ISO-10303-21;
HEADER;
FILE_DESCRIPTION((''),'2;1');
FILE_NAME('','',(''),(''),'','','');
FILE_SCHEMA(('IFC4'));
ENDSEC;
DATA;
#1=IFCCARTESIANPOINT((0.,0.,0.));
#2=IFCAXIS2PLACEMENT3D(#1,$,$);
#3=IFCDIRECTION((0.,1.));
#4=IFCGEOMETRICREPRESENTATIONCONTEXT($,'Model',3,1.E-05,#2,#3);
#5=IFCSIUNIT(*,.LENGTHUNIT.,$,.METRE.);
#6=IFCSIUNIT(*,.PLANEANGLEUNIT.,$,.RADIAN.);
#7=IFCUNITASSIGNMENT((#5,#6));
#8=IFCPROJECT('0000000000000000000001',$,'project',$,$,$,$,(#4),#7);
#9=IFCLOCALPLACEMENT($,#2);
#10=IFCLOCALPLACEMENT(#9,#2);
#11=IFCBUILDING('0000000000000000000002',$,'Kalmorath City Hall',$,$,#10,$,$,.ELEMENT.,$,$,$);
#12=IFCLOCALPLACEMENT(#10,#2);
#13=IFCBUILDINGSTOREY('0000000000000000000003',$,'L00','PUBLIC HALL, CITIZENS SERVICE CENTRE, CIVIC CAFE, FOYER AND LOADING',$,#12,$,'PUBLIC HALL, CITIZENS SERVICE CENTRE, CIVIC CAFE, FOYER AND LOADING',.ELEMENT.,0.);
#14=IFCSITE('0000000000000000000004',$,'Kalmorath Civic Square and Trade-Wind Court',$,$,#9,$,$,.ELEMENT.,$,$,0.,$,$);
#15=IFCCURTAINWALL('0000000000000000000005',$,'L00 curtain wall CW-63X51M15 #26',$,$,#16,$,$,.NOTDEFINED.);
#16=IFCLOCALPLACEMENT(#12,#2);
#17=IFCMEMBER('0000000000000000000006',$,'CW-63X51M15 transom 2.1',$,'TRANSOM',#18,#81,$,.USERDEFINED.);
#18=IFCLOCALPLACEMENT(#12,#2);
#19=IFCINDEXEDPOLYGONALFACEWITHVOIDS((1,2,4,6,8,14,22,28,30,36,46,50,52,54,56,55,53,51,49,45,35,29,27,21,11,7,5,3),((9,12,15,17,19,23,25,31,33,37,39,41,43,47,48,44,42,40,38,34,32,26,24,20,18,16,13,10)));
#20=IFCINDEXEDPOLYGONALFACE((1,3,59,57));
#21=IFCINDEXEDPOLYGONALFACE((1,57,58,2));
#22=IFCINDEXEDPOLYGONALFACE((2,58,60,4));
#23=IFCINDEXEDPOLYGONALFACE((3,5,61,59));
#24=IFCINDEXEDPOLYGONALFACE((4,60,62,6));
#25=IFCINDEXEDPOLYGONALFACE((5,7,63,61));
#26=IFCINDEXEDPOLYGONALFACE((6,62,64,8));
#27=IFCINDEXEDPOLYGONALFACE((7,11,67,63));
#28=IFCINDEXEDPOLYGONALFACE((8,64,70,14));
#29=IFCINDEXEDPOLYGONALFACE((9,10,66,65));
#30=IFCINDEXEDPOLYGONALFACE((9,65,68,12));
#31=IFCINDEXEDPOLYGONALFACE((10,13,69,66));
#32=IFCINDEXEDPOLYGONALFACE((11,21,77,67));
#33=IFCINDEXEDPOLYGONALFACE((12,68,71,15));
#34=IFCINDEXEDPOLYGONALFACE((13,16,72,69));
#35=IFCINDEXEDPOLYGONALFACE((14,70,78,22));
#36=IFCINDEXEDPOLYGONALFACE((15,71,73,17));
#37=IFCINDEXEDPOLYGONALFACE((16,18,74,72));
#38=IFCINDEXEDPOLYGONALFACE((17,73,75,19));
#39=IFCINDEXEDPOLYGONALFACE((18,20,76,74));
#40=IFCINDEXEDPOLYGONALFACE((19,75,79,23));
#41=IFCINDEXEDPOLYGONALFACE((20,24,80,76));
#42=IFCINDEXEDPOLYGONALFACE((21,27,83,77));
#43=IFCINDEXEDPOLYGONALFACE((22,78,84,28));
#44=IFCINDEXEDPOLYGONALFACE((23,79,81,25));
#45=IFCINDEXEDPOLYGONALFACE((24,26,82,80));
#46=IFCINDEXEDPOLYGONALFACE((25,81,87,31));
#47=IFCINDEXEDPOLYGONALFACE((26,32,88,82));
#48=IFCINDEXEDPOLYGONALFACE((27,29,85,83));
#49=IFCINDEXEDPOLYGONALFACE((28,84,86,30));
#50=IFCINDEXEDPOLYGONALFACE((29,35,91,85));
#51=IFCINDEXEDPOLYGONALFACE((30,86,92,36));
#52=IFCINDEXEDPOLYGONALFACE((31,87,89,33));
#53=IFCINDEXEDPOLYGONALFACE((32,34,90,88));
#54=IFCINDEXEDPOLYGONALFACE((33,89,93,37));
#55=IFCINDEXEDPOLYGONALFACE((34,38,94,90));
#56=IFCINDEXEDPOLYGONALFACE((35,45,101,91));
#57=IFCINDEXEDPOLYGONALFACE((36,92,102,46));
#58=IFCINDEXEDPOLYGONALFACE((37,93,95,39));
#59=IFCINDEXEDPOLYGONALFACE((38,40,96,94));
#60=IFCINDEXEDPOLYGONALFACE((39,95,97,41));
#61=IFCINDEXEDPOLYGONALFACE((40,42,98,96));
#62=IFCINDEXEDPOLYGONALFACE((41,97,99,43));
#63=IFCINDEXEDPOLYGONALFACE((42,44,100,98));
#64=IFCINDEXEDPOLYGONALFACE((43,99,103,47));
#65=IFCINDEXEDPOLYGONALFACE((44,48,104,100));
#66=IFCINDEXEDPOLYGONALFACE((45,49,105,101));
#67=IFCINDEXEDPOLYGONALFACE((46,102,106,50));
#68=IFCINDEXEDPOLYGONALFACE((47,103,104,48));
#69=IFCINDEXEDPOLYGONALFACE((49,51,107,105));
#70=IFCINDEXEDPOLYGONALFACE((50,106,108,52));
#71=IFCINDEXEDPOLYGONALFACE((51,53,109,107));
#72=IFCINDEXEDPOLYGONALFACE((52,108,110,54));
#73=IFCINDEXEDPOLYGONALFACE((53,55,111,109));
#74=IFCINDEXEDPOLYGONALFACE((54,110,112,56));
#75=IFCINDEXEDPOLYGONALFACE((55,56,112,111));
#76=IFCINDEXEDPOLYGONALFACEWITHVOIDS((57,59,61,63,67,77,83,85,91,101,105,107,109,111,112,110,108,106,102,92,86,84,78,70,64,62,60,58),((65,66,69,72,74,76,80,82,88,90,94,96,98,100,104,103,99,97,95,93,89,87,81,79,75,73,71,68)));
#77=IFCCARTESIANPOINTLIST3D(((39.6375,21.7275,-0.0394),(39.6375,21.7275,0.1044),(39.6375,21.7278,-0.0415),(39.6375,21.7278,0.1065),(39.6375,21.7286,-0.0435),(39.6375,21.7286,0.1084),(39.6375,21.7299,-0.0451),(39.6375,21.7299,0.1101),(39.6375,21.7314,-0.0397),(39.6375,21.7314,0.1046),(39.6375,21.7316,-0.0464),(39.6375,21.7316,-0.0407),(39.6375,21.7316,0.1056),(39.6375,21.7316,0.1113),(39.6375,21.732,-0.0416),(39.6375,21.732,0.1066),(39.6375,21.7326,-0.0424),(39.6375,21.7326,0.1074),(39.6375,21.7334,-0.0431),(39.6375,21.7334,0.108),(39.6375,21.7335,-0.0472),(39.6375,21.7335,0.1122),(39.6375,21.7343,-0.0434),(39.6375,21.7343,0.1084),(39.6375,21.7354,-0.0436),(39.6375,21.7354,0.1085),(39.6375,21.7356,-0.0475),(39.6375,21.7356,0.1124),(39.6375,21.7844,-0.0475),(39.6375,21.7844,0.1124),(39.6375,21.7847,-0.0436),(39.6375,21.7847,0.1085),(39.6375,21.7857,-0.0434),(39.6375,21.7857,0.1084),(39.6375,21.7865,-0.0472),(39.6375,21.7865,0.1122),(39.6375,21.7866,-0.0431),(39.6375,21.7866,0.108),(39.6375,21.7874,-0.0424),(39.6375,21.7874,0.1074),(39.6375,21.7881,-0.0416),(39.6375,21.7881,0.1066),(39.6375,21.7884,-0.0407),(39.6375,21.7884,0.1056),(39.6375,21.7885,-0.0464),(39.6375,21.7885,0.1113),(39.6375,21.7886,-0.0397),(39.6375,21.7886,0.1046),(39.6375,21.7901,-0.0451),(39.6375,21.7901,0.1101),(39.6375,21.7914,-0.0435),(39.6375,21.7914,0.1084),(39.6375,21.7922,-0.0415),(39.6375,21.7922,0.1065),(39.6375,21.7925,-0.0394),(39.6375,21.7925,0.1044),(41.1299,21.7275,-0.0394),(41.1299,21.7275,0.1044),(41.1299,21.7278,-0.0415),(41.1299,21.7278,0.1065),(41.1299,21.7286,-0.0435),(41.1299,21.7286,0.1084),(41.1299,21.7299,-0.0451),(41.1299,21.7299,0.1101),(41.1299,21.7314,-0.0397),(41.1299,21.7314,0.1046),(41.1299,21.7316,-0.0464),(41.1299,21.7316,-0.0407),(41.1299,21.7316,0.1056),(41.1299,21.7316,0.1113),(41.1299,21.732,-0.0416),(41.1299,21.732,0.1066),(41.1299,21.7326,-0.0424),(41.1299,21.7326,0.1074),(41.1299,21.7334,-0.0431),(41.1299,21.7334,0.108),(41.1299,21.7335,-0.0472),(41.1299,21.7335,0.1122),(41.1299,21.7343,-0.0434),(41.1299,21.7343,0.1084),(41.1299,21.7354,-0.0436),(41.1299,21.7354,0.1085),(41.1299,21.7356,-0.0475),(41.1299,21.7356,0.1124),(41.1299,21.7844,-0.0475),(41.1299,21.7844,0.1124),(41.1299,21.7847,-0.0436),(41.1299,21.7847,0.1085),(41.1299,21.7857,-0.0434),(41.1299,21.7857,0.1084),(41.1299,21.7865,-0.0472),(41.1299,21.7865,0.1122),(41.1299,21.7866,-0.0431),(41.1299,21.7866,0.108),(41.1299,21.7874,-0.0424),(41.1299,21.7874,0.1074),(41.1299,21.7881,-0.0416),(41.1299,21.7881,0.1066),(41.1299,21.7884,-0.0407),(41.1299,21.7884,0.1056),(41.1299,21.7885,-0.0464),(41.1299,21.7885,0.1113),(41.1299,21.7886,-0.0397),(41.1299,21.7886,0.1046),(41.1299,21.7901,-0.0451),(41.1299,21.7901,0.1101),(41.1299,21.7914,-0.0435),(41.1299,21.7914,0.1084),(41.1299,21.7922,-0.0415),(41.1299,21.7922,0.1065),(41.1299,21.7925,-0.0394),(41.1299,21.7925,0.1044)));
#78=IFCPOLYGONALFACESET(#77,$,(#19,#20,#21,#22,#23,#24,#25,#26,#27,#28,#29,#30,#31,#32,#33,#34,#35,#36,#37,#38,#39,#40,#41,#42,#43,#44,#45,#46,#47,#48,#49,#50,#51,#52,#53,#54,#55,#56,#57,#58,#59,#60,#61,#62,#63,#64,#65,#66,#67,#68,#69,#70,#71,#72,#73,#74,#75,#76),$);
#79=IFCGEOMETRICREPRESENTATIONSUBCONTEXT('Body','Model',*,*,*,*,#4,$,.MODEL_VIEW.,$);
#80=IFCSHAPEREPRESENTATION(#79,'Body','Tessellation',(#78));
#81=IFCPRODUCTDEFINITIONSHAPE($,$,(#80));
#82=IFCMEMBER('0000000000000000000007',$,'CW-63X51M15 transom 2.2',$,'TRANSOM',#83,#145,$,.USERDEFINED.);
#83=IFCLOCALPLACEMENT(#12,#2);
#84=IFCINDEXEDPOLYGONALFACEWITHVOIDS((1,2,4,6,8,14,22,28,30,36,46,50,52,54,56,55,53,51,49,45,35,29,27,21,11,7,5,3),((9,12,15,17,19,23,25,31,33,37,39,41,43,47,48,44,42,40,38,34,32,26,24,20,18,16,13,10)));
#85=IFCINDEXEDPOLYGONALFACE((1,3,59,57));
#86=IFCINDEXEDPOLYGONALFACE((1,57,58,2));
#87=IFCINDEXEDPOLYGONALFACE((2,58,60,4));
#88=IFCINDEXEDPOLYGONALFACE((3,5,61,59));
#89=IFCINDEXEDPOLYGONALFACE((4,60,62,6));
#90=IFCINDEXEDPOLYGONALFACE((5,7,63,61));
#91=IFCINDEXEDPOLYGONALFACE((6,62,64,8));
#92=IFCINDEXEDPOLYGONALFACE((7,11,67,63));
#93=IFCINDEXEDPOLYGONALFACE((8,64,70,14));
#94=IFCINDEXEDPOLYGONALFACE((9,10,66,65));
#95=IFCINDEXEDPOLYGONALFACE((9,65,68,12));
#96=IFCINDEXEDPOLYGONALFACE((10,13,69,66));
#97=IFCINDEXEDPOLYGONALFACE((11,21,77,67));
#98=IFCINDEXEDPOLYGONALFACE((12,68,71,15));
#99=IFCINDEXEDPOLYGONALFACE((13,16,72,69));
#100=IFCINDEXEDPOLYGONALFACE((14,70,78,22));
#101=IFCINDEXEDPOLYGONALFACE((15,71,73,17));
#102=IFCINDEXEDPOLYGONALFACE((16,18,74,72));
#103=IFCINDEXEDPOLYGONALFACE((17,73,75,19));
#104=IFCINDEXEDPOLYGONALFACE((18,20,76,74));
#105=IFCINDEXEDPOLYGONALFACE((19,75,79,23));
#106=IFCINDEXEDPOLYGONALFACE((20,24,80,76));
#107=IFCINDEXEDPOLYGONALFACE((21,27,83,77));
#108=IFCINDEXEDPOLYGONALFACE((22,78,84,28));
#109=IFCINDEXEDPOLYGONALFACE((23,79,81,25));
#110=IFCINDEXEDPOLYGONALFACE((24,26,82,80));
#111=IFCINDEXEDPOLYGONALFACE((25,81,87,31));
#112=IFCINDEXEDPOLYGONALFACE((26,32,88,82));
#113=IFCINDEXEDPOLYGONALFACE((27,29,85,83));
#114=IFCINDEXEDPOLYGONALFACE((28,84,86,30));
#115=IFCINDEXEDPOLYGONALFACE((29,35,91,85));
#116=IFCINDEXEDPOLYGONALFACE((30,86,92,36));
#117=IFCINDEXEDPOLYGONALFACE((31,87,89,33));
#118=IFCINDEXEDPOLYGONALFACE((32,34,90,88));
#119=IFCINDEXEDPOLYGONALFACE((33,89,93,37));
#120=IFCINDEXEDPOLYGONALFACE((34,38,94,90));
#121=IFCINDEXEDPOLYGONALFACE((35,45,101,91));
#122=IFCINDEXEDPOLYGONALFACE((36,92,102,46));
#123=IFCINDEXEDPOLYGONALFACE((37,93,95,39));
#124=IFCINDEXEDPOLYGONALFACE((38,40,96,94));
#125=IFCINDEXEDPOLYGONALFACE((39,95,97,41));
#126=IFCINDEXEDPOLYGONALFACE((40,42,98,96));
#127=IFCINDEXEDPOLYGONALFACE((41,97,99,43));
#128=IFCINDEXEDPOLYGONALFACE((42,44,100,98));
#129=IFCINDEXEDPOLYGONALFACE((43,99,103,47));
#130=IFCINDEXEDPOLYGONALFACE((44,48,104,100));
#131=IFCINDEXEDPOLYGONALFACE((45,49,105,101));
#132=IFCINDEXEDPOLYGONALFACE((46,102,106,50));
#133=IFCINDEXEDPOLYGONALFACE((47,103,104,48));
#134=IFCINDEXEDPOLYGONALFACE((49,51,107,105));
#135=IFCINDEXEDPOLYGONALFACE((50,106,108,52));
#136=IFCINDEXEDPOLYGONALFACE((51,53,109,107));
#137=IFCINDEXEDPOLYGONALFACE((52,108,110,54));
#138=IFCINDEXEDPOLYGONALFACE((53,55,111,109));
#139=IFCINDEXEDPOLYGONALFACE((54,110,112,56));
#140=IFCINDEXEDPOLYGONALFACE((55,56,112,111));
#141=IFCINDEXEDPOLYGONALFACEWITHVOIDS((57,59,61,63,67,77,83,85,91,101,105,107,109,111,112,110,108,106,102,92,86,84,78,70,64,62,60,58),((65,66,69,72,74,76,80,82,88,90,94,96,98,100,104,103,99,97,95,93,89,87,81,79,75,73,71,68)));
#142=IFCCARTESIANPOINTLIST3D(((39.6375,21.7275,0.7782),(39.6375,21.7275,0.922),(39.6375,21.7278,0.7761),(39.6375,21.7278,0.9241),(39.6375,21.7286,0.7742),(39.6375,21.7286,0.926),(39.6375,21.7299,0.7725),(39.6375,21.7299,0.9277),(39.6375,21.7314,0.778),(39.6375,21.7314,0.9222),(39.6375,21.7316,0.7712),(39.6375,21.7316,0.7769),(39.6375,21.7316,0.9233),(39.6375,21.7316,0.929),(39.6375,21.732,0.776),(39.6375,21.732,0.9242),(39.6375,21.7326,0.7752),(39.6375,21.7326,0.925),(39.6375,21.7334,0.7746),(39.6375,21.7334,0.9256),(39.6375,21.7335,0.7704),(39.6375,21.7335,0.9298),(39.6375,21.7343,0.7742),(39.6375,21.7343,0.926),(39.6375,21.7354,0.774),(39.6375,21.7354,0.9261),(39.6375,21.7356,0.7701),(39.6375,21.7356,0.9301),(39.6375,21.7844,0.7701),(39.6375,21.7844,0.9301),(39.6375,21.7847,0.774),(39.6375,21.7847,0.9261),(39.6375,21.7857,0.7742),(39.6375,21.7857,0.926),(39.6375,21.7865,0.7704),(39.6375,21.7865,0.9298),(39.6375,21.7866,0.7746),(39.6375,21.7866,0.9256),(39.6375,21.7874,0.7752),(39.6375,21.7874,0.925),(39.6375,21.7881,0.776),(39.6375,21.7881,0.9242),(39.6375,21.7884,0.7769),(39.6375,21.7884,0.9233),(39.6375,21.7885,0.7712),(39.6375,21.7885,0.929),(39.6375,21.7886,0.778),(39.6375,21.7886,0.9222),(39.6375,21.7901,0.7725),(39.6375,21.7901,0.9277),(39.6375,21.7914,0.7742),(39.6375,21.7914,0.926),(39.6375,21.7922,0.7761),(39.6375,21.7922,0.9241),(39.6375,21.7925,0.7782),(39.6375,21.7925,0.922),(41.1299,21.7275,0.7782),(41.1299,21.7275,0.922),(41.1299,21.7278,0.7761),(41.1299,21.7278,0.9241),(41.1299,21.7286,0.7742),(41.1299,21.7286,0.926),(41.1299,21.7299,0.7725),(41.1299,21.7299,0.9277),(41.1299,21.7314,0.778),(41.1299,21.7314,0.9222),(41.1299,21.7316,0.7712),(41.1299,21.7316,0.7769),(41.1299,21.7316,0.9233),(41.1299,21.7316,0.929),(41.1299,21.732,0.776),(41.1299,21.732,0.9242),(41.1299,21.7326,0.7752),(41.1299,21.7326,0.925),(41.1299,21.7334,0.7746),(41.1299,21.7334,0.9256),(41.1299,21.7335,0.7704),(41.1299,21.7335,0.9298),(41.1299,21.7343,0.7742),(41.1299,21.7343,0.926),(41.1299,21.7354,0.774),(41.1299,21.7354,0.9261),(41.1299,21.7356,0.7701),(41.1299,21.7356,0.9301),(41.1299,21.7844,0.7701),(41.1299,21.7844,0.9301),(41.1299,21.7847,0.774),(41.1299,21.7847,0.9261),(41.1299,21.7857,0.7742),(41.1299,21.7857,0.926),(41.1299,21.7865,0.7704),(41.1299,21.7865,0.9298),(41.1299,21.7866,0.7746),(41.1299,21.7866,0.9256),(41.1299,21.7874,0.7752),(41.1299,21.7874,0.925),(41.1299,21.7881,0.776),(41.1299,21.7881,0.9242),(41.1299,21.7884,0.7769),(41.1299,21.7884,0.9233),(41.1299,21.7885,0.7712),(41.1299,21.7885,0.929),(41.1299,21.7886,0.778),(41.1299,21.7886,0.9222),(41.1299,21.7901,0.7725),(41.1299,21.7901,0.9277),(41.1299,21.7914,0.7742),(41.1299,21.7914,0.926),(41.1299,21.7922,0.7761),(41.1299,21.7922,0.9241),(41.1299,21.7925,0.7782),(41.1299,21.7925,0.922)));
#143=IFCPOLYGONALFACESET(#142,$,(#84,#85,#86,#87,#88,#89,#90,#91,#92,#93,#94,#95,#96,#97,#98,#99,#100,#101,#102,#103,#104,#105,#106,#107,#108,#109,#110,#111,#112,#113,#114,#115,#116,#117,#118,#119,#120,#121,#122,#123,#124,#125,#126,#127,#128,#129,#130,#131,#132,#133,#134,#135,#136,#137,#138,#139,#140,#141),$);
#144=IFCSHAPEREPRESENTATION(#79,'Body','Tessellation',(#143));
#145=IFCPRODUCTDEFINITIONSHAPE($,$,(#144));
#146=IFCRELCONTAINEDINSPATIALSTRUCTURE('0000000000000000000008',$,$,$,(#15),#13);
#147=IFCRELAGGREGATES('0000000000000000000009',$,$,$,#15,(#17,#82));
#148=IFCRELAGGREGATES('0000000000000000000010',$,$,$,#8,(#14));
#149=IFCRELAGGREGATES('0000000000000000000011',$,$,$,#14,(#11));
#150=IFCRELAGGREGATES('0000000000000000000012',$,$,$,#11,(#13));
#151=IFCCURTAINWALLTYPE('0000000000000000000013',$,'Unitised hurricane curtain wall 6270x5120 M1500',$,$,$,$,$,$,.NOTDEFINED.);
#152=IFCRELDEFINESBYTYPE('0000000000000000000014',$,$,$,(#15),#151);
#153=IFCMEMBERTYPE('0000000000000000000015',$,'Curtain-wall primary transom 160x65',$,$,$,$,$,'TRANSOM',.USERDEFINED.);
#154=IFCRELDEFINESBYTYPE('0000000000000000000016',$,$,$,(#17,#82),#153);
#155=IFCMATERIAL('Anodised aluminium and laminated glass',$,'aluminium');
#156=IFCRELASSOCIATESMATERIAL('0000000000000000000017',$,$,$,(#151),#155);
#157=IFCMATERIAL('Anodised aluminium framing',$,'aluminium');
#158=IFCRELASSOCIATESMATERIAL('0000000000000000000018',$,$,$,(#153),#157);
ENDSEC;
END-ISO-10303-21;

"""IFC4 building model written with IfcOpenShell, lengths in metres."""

from ifc_helpers import new_model, si_unit, direction, frame, origin, origin_2d, place, context, subcontext, project, spatial, hollow_rectangle, extrude, material, material_profile, profile_set, type_object, element, aggregate, save


model = new_model("IFC4")

# Units and contexts
model_context = context("Model", 3, precision=1e-05, world=origin(), true_north=direction((0.0, 1.0)))
body_context = subcontext(model_context, "Body", "Model", "MODEL_VIEW")
ifc_project = project(units=[si_unit("LENGTHUNIT", "METRE"), si_unit("PLANEANGLEUNIT", "RADIAN")], contexts=[model_context])

# Site, building, storey
site_placement = place(None, origin())
site = spatial("IfcSite", under=ifc_project, at=site_placement, Name="Kalmorath Civic Square and Trade-Wind Court", CompositionType="ELEMENT", RefElevation=0.0)
building_placement = place(site_placement, origin())
building = spatial("IfcBuilding", under=site, at=building_placement, Name="Kalmorath City Hall", CompositionType="ELEMENT")
storey_placement = place(building_placement, origin())
storey = spatial("IfcBuildingStorey", under=building, at=storey_placement, Name="L00", Description="PUBLIC HALL, CITIZENS SERVICE CENTRE, CIVIC CAFE, FOYER AND LOADING", LongName="PUBLIC HALL, CITIZENS SERVICE CENTRE, CIVIC CAFE, FOYER AND LOADING", CompositionType="ELEMENT", Elevation=0.0)

# Curtain wall, members
ifc_material_1 = material(Name="Anodised aluminium and laminated glass", Category="aluminium")
curtain_wall_type_1 = type_object("IfcCurtainWallType", Name="Unitised hurricane curtain wall 6270x5120 M1500", PredefinedType="NOTDEFINED", material=ifc_material_1)
curtain_wall_1_placement = place(storey_placement, origin())
curtain_wall_1 = element("IfcCurtainWall", 1, at=curtain_wall_1_placement, inside=storey, type_object=curtain_wall_type_1, Name="L00 curtain wall CW-63X51M15 #26", PredefinedType="NOTDEFINED")
ifc_material_2 = material(Name="Anodised aluminium framing", Category="aluminium")
ifc_material_profile_1 = material_profile(ifc_material_2, hollow_rectangle(XDim=0.0649, YDim=0.1599, WallThickness=0.0039, InnerFilletRadius=0.0039, OuterFilletRadius=0.0081, at=origin_2d()), Name="ALU-TRN-160X65X4")
ifc_profile_set_1 = profile_set([ifc_material_profile_1], Name="Anodised aluminium framing")
member_type_1 = type_object("IfcMemberType", Name="Curtain-wall primary transom 160x65", ElementType="TRANSOM", PredefinedType="USERDEFINED", material=ifc_profile_set_1)
member_1_placement = place(storey_placement, frame((41.1299, 21.76, 0.0325), z_axis=(-1.0, 0.0, 0.0), x_axis=(0.0, -1.0, 0.0)))
member_1 = element("IfcMember", 2, at=member_1_placement, type_object=member_type_1, Name="CW-63X51M15 transom 2.1", ObjectType="TRANSOM", PredefinedType="USERDEFINED", context=body_context, shape_type="SweptSolid", body=[
    extrude(hollow_rectangle(XDim=0.0649, YDim=0.1599, WallThickness=0.0039, InnerFilletRadius=0.0039, OuterFilletRadius=0.0081, at=origin_2d()), origin(), (0.0, 0.0, 1.0), 1.4924),
])
member_2_placement = place(storey_placement, frame((41.1299, 21.76, 0.8501), z_axis=(-1.0, 0.0, 0.0), x_axis=(0.0, -1.0, 0.0)))
member_2 = element("IfcMember", 3, at=member_2_placement, type_object=member_type_1, Name="CW-63X51M15 transom 2.2", ObjectType="TRANSOM", PredefinedType="USERDEFINED", context=body_context, shape_type="SweptSolid", body=[
    extrude(hollow_rectangle(XDim=0.0649, YDim=0.1599, WallThickness=0.0039, InnerFilletRadius=0.0039, OuterFilletRadius=0.0081, at=origin_2d()), origin(), (0.0, 0.0, 1.0), 1.4924),
])

aggregate(curtain_wall_1, [member_1, member_2])

save(model, "model.ifc")
